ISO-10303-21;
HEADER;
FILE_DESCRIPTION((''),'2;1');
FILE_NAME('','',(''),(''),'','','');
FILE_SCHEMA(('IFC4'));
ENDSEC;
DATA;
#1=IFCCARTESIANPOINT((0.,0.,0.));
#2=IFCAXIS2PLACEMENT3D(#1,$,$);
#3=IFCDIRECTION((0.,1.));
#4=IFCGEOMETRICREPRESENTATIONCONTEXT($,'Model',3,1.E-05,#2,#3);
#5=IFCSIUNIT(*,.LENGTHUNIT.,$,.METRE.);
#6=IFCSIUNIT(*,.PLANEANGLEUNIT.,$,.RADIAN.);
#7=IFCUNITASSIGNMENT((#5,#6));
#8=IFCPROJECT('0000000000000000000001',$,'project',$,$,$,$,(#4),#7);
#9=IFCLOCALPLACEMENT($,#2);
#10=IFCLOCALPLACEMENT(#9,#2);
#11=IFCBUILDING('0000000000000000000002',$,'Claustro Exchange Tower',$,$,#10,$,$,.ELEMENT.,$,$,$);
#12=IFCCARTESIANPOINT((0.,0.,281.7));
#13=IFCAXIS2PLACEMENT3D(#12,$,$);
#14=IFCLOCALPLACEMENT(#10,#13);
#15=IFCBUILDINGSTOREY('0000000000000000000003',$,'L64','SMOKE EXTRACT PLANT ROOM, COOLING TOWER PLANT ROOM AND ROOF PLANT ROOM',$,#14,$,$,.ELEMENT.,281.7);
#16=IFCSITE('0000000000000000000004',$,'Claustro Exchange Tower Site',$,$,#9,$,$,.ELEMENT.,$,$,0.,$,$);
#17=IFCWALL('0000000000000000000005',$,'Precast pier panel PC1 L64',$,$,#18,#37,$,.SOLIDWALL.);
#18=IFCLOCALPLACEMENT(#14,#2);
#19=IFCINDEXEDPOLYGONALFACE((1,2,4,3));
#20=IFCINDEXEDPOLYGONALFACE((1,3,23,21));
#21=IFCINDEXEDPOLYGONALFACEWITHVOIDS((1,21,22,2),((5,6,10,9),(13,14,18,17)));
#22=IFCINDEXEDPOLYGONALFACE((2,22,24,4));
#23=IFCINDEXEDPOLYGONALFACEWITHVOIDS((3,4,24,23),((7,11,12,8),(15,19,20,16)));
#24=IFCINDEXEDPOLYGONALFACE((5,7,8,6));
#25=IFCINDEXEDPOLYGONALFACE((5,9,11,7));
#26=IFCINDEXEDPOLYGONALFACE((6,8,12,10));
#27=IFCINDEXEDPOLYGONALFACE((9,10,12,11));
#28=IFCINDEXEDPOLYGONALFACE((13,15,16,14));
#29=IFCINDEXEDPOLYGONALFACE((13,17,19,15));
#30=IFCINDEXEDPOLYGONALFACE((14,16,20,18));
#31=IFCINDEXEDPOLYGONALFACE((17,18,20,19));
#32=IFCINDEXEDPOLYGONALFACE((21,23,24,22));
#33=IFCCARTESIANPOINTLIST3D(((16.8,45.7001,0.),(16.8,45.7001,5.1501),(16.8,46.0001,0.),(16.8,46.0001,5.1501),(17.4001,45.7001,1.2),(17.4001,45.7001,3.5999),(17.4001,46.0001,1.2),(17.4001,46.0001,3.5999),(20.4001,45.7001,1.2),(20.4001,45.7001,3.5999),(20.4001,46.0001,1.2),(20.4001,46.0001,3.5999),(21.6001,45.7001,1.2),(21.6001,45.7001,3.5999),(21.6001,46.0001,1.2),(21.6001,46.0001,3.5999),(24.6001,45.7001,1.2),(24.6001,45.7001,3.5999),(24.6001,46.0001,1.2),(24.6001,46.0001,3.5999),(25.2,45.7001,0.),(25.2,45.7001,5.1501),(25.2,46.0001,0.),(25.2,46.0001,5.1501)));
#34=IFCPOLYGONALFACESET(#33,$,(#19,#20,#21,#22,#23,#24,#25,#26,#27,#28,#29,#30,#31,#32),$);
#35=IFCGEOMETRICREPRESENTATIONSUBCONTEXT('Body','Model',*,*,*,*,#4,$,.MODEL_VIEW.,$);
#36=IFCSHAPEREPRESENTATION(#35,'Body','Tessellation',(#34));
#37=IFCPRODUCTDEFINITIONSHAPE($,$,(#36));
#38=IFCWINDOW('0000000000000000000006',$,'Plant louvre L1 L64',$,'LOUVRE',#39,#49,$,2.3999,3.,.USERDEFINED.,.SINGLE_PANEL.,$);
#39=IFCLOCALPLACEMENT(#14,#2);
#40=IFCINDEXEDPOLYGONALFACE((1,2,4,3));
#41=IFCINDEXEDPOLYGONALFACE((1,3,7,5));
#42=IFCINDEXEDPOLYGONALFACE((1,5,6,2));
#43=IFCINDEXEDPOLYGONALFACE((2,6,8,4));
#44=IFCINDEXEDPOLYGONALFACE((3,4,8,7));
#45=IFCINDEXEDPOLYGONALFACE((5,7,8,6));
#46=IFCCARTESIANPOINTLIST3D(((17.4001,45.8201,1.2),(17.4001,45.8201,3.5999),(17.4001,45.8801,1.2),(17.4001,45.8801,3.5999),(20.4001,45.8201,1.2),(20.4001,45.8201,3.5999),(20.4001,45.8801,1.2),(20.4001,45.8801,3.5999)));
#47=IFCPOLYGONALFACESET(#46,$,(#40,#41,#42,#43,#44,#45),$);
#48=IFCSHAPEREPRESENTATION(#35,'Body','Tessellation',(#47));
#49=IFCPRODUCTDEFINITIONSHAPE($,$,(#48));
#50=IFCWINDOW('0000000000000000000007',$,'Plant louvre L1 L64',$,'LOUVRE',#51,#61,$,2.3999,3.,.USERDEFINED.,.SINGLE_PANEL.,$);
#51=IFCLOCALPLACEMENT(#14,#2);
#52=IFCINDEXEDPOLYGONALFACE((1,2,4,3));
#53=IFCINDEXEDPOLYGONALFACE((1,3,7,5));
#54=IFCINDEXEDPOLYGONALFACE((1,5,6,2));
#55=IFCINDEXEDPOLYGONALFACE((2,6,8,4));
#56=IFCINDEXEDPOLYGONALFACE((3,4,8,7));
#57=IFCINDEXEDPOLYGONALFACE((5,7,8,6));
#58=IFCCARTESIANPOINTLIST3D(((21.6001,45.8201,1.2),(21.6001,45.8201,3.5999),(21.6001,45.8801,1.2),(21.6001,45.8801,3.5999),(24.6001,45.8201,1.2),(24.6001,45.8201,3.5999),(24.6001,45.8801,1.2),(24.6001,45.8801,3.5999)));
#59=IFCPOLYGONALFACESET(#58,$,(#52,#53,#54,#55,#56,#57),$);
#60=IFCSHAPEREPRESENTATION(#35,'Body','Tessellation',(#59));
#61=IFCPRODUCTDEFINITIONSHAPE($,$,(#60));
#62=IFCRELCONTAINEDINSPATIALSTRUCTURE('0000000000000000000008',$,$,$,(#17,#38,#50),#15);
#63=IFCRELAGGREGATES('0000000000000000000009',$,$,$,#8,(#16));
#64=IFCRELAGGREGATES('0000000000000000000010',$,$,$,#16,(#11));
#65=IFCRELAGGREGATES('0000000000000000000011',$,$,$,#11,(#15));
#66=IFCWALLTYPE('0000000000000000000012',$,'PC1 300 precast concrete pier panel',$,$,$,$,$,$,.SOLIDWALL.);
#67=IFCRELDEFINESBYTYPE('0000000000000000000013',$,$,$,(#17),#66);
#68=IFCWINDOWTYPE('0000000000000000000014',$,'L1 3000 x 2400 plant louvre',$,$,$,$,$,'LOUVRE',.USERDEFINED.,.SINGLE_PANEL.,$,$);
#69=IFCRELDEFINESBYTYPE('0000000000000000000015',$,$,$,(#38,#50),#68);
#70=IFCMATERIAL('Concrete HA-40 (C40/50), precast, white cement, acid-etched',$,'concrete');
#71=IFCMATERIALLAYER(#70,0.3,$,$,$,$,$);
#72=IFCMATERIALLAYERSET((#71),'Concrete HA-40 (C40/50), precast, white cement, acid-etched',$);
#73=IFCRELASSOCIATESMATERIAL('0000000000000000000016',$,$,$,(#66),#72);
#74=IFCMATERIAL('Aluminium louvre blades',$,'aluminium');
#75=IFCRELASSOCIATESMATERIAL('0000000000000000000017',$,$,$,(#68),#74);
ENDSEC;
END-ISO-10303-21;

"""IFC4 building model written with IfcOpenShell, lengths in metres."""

from ifc_helpers import new_model, si_unit, direction, frame, frame_2d, origin, place, context, subcontext, project, spatial, rectangle, extrude, material, layer, layer_set, type_object, element, fill, save


model = new_model("IFC4")

# Units and contexts
model_context = context("Model", 3, precision=1e-05, world=origin(), true_north=direction((0.0, 1.0)))
body_context = subcontext(model_context, "Body", "Model", "MODEL_VIEW")
ifc_project = project(units=[si_unit("LENGTHUNIT", "METRE"), si_unit("PLANEANGLEUNIT", "RADIAN")], contexts=[model_context])

# Site, building, storey
site_placement = place(None, origin())
site = spatial("IfcSite", under=ifc_project, at=site_placement, Name="Claustro Exchange Tower Site", CompositionType="ELEMENT", RefElevation=0.0)
building_placement = place(site_placement, origin())
building = spatial("IfcBuilding", under=site, at=building_placement, Name="Claustro Exchange Tower", CompositionType="ELEMENT")
storey_placement = place(building_placement, frame((0.0, 0.0, 281.7)))
storey = spatial("IfcBuildingStorey", under=building, at=storey_placement, Name="L64", Description="SMOKE EXTRACT PLANT ROOM, COOLING TOWER PLANT ROOM AND ROOF PLANT ROOM", CompositionType="ELEMENT", Elevation=281.7)

# Wall, openings, windows
ifc_material_1 = material(Name="Concrete HA-40 (C40/50), precast, white cement, acid-etched", Category="concrete")
ifc_layer_1 = layer(ifc_material_1, 0.3)
ifc_layer_set_1 = layer_set([ifc_layer_1], Name="Concrete HA-40 (C40/50), precast, white cement, acid-etched")
wall_type_1 = type_object("IfcWallType", Name="PC1 300 precast concrete pier panel", PredefinedType="SOLIDWALL", material=ifc_layer_set_1)
wall_1_placement = place(storey_placement, frame((16.8, 45.8501, 0.0), z_axis=(0.0, 0.0, 1.0), x_axis=(1.0, 0.0, 0.0)))
wall_1 = element("IfcWall", 1, at=wall_1_placement, inside=storey, type_object=wall_type_1, Name="Precast pier panel PC1 L64", PredefinedType="SOLIDWALL", context=body_context, shape_type="SweptSolid", body=[
    extrude(rectangle(XDim=8.3999, YDim=0.3, at=frame_2d((4.2, 0.0))), origin(), (0.0, 0.0, 1.0), 5.1501),
])
opening_1_placement = place(wall_1_placement, frame((0.6001, 0.0, 1.2)))
opening_1 = element("IfcOpeningElement", 2, at=opening_1_placement, cuts=wall_1, PredefinedType="OPENING", context=body_context, shape_type="SweptSolid", body=[
    extrude(rectangle(XDim=3.0, YDim=2.3999, at=frame_2d((1.5, 1.2))), frame((0.0, 0.1599, 0.0), z_axis=(0.0, -1.0, 0.0), x_axis=(1.0, 0.0, 0.0)), (0.0, 0.0, 1.0), 0.3201),
])
opening_2_placement = place(wall_1_placement, frame((4.8, 0.0, 1.2)))
opening_2 = element("IfcOpeningElement", 3, at=opening_2_placement, cuts=wall_1, PredefinedType="OPENING", context=body_context, shape_type="SweptSolid", body=[
    extrude(rectangle(XDim=3.0, YDim=2.3999, at=frame_2d((1.5, 1.2))), frame((0.0, 0.1599, 0.0), z_axis=(0.0, -1.0, 0.0), x_axis=(1.0, 0.0, 0.0)), (0.0, 0.0, 1.0), 0.3201),
])
ifc_material_2 = material(Name="Aluminium louvre blades", Category="aluminium")
window_type = type_object("IfcWindowType", Name="L1 3000 x 2400 plant louvre", ElementType="LOUVRE", PartitioningType="SINGLE_PANEL", PredefinedType="USERDEFINED", material=ifc_material_2)
window_1_placement = place(opening_1_placement, origin())
window_1 = element("IfcWindow", 4, at=window_1_placement, inside=storey, type_object=window_type, Name="Plant louvre L1 L64", ObjectType="LOUVRE", OverallHeight=2.3999, OverallWidth=3.0, PartitioningType="SINGLE_PANEL", PredefinedType="USERDEFINED", context=body_context, shape_type="SweptSolid", body=[
    extrude(rectangle(XDim=3.0, YDim=2.3999, at=frame_2d((1.5, 1.2))), frame((0.0, 0.03, 0.0), z_axis=(0.0, -1.0, 0.0), x_axis=(1.0, 0.0, 0.0)), (0.0, 0.0, 1.0), 0.0601),
])
fill(opening_1, window_1)
window_2_placement = place(opening_2_placement, origin())
window_2 = element("IfcWindow", 5, at=window_2_placement, inside=storey, type_object=window_type, Name="Plant louvre L1 L64", ObjectType="LOUVRE", OverallHeight=2.3999, OverallWidth=3.0, PartitioningType="SINGLE_PANEL", PredefinedType="USERDEFINED", context=body_context, shape_type="SweptSolid", body=[
    extrude(rectangle(XDim=3.0, YDim=2.3999, at=frame_2d((1.5, 1.2))), frame((0.0, 0.03, 0.0), z_axis=(0.0, -1.0, 0.0), x_axis=(1.0, 0.0, 0.0)), (0.0, 0.0, 1.0), 0.0601),
])
fill(opening_2, window_2)

save(model, "model.ifc")
